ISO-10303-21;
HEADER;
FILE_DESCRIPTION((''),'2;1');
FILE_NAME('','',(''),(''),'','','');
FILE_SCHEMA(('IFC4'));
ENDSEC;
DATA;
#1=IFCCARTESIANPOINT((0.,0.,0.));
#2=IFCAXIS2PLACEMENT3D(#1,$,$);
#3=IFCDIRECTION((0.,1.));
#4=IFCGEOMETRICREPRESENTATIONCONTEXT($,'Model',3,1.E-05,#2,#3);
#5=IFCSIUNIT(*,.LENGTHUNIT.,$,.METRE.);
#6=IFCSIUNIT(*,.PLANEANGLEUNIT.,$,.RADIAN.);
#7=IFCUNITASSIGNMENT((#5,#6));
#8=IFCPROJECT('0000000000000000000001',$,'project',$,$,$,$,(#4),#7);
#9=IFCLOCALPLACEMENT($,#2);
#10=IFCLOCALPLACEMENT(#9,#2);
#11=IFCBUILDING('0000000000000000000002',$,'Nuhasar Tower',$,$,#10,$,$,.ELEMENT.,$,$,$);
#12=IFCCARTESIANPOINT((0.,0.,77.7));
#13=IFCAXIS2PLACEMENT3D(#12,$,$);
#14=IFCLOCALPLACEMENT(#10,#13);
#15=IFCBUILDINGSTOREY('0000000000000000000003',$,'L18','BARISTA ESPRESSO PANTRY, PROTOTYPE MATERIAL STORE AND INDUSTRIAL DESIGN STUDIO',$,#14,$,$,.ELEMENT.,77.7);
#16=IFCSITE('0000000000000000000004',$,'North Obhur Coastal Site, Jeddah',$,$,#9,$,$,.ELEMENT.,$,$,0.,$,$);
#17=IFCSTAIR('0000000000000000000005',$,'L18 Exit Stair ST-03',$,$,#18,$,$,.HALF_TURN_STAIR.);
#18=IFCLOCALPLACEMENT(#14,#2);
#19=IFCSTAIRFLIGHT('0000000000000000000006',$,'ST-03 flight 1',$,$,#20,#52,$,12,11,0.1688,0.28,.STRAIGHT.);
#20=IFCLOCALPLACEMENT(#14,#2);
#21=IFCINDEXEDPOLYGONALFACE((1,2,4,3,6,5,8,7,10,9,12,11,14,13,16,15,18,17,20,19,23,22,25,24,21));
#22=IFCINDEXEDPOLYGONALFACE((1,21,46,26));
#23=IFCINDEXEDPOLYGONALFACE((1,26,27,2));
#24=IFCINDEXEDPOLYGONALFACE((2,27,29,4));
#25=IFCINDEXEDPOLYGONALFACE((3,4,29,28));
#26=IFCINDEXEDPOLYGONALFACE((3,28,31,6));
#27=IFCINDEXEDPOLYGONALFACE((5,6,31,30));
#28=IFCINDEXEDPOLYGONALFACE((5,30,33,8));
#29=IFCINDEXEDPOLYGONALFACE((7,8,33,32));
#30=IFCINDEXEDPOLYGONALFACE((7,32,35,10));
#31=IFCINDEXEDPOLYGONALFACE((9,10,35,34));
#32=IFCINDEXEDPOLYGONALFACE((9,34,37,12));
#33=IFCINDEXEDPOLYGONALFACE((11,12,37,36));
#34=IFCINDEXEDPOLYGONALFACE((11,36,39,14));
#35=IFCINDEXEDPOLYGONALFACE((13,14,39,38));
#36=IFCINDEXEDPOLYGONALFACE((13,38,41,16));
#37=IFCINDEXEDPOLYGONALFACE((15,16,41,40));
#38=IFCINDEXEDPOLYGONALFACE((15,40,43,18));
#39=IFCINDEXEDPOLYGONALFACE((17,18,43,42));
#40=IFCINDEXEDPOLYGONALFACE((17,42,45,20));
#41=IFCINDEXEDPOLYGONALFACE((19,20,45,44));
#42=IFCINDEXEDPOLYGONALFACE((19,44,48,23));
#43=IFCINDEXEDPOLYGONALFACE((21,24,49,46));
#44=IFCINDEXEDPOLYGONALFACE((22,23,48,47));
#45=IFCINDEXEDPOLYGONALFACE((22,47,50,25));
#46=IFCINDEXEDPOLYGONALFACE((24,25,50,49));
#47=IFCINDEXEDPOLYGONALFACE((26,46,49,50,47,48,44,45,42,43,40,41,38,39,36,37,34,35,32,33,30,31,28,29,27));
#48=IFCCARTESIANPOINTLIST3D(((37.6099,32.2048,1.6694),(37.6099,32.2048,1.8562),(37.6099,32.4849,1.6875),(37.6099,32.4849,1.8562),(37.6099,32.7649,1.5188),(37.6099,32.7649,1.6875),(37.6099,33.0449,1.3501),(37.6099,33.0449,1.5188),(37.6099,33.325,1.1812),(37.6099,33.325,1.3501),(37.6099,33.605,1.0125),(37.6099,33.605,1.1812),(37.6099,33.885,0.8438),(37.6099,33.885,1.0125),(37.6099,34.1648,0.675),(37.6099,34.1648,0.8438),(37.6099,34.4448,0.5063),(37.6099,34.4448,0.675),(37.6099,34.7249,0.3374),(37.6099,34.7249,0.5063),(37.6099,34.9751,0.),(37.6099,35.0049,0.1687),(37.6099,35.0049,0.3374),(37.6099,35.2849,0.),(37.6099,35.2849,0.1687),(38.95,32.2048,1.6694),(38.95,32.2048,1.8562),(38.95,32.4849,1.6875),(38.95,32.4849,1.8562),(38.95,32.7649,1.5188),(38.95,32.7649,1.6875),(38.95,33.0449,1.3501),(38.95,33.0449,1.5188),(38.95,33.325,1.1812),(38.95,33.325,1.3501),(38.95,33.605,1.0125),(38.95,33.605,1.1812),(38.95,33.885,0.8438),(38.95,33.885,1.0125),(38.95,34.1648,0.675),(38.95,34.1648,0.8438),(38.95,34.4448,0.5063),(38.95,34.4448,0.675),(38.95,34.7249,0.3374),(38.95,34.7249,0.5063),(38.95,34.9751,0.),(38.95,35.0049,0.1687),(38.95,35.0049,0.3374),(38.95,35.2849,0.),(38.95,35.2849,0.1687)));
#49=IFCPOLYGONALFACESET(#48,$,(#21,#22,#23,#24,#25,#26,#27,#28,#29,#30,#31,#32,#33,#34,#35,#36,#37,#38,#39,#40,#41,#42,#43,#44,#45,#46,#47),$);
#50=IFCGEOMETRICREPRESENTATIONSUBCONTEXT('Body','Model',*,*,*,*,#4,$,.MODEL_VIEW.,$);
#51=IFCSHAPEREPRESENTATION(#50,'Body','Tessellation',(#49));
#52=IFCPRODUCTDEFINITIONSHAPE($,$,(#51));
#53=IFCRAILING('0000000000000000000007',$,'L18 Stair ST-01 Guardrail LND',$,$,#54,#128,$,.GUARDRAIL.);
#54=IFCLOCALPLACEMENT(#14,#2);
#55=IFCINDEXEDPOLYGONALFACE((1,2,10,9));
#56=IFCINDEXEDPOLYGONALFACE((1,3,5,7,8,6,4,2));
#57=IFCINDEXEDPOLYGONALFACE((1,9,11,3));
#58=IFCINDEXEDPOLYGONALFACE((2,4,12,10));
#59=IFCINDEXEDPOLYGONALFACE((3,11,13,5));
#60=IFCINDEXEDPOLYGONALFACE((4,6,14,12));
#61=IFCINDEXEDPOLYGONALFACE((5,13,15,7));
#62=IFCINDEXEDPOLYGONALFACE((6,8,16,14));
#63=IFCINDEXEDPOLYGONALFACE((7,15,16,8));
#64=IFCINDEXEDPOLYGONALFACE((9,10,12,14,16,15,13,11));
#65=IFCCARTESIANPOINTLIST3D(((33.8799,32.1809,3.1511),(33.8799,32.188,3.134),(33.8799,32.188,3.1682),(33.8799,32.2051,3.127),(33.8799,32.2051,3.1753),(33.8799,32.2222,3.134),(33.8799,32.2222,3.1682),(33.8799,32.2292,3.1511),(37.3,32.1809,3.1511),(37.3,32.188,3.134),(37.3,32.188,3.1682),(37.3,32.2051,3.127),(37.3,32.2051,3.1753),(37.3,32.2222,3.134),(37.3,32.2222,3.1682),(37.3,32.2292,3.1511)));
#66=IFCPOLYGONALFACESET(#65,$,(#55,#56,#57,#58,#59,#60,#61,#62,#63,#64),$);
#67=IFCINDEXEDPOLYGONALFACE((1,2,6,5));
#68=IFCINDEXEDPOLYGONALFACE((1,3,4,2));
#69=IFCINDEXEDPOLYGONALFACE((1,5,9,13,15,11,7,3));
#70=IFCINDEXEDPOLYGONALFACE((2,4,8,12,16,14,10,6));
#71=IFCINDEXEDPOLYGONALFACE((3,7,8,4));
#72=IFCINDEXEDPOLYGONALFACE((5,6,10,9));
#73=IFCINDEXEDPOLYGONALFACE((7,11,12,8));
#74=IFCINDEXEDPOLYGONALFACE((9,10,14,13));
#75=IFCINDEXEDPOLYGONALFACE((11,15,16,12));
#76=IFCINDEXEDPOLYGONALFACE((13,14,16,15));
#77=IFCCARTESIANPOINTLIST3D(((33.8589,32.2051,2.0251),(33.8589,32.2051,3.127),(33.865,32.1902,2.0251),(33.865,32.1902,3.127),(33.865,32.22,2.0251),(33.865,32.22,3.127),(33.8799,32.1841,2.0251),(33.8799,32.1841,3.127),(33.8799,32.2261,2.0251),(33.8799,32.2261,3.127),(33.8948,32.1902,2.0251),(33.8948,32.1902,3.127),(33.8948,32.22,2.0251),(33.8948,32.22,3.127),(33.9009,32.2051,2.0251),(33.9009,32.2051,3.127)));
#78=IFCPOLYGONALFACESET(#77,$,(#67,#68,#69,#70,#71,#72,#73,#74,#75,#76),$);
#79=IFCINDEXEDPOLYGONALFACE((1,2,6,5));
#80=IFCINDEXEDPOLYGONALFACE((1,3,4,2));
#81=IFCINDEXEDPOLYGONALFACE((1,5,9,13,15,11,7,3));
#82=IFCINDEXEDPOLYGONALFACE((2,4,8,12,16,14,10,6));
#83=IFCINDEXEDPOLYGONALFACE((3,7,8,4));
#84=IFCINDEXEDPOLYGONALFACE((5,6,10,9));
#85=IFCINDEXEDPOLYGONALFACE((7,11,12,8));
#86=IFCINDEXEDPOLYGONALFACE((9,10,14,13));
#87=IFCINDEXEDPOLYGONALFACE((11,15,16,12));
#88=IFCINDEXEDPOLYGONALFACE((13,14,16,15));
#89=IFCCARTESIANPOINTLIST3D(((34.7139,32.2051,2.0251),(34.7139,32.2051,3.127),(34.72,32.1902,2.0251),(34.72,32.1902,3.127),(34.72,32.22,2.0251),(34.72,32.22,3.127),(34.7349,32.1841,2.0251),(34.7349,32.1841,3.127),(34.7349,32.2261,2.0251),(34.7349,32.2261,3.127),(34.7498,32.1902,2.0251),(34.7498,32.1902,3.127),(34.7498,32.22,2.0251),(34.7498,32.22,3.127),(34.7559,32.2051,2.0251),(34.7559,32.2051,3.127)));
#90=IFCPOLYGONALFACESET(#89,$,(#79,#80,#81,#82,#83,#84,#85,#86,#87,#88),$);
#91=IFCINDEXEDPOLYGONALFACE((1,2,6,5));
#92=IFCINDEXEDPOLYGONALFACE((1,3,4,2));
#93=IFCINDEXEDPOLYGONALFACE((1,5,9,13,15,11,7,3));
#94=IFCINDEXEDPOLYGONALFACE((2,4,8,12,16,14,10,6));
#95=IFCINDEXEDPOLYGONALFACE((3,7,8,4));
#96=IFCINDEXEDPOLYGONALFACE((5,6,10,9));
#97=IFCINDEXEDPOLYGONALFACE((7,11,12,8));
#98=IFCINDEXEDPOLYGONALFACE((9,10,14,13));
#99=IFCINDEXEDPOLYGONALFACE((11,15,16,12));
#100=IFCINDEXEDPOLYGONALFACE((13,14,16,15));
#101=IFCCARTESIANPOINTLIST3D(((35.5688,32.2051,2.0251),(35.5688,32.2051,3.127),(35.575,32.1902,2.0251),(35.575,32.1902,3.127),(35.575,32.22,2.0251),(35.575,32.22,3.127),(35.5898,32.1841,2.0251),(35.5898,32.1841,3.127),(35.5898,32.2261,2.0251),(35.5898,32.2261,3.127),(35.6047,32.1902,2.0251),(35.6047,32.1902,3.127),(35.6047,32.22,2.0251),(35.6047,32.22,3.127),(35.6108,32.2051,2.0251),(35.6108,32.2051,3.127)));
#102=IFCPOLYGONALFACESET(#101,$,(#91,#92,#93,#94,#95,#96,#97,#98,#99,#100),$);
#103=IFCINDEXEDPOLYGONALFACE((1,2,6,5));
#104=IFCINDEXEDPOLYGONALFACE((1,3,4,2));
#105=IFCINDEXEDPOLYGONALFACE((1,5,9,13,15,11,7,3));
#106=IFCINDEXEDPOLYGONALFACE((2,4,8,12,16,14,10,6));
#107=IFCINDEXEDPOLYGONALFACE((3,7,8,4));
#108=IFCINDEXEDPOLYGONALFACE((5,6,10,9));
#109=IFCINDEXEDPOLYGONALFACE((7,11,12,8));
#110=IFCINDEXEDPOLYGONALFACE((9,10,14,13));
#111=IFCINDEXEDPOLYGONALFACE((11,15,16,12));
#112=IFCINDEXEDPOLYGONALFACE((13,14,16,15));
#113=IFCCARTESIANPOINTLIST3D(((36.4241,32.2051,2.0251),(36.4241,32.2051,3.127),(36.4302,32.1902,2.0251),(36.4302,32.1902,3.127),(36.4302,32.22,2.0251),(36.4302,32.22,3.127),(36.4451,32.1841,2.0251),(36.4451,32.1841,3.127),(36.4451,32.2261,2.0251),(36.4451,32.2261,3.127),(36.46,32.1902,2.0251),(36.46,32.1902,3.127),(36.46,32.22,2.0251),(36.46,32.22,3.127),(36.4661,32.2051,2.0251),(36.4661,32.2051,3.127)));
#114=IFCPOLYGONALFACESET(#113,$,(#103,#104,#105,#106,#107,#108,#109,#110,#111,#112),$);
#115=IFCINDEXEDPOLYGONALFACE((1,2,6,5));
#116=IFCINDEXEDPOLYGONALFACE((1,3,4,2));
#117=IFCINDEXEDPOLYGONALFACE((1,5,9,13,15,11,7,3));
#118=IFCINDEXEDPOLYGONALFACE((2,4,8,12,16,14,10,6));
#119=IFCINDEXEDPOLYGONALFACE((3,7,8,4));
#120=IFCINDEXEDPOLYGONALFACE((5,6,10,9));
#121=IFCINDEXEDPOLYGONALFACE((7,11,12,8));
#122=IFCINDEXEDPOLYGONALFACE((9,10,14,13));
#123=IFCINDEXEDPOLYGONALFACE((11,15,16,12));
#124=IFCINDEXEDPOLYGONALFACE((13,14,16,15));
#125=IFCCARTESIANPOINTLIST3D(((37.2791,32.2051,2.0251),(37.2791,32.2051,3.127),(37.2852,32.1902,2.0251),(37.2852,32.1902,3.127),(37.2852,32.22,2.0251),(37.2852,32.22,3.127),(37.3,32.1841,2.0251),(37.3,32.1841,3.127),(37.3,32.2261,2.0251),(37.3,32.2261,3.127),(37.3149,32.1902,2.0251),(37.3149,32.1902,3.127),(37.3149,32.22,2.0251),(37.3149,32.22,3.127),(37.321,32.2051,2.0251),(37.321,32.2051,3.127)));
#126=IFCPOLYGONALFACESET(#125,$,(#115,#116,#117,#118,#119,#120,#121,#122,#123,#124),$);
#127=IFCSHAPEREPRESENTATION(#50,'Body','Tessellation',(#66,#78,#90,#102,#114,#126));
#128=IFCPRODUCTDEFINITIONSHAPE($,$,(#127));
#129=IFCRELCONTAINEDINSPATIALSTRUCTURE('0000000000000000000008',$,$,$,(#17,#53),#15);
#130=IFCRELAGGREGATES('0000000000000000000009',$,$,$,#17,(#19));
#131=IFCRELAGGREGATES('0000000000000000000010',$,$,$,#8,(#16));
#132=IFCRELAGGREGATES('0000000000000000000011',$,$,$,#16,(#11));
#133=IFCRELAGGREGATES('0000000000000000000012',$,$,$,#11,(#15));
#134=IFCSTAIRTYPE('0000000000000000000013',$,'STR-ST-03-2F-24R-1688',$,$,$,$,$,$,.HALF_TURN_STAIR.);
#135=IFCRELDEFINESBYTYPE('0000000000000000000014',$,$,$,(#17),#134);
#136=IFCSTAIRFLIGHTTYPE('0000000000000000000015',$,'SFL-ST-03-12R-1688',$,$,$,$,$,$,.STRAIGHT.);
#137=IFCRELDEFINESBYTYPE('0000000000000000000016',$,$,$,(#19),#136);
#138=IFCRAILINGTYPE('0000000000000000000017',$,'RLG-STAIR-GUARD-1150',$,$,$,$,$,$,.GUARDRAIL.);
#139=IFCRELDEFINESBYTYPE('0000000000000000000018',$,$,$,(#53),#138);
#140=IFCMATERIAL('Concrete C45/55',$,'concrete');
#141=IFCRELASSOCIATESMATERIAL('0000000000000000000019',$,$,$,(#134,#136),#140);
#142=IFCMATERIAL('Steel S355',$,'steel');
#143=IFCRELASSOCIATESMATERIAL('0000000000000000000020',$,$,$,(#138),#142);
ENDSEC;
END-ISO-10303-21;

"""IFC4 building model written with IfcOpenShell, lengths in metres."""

from ifc_helpers import new_model, si_unit, direction, frame, origin, place, context, subcontext, project, spatial, polyline, outline, extrude, material, type_object, element, aggregate, save


model = new_model("IFC4")

# Units and contexts
model_context = context("Model", 3, precision=1e-05, world=origin(), true_north=direction((0.0, 1.0)))
body_context = subcontext(model_context, "Body", "Model", "MODEL_VIEW")
ifc_project = project(units=[si_unit("LENGTHUNIT", "METRE"), si_unit("PLANEANGLEUNIT", "RADIAN")], contexts=[model_context])

# Site, building, storey
site_placement = place(None, origin())
site = spatial("IfcSite", under=ifc_project, at=site_placement, Name="North Obhur Coastal Site, Jeddah", CompositionType="ELEMENT", RefElevation=0.0)
building_placement = place(site_placement, origin())
building = spatial("IfcBuilding", under=site, at=building_placement, Name="Nuhasar Tower", CompositionType="ELEMENT")
storey_placement = place(building_placement, frame((0.0, 0.0, 77.7)))
storey = spatial("IfcBuildingStorey", under=building, at=storey_placement, Name="L18", Description="BARISTA ESPRESSO PANTRY, PROTOTYPE MATERIAL STORE AND INDUSTRIAL DESIGN STUDIO", CompositionType="ELEMENT", Elevation=77.7)

# Shared definitions
ifc_material_1 = material(Name="Steel S355", Category="steel")

# Shared definitions
ifc_material_2 = material(Name="Concrete C45/55", Category="concrete")

# Stair, stair flight
stair_type_1 = type_object("IfcStairType", Name="STR-ST-03-2F-24R-1688", PredefinedType="HALF_TURN_STAIR", material=ifc_material_2)
stair_1_placement = place(storey_placement, origin())
stair_1 = element("IfcStair", 1, at=stair_1_placement, inside=storey, type_object=stair_type_1, Name="L18 Exit Stair ST-03", PredefinedType="HALF_TURN_STAIR")
stair_flight_type_1 = type_object("IfcStairFlightType", Name="SFL-ST-03-12R-1688", PredefinedType="STRAIGHT", material=ifc_material_2)
stair_flight_1_placement = place(storey_placement, frame((38.28, 35.2849, 0.0), z_axis=(0.0, 0.0, 1.0), x_axis=(0.0, -1.0, 0.0)))
stair_flight_1 = element("IfcStairFlight", 2, at=stair_flight_1_placement, type_object=stair_flight_type_1, Name="ST-03 flight 1", NumberOfRisers=12, NumberOfTreads=11, PredefinedType="STRAIGHT", RiserHeight=0.1688, TreadLength=0.28, context=body_context, shape_type="SweptSolid", body=[
    extrude(outline(polyline([(0.0, 0.0), (0.0, 0.1687), (0.28, 0.1687), (0.28, 0.3374), (0.5601, 0.3374), (0.5601, 0.5063), (0.8401, 0.5063), (0.8401, 0.675), (1.1201, 0.675), (1.1201, 0.8438), (1.3999, 0.8438), (1.3999, 1.0125), (1.6799, 1.0125), (1.6799, 1.1812), (1.96, 1.1812), (1.96, 1.3501), (2.24, 1.3501), (2.24, 1.5188), (2.52, 1.5188), (2.52, 1.6875), (2.8, 1.6875), (2.8, 1.8562), (3.0801, 1.8562), (3.0801, 2.0249), (3.0801, 1.6694), (0.3098, 0.0), (0.0, 0.0)])), frame((0.0, 0.6699, 0.0), z_axis=(0.0, -1.0, 0.0), x_axis=(1.0, 0.0, 0.0)), (0.0, 0.0, 1.0), 1.3401),
])
aggregate(stair_1, [stair_flight_1])

# Railing
railing_type_1 = type_object("IfcRailingType", Name="RLG-STAIR-GUARD-1150", PredefinedType="GUARDRAIL", material=ifc_material_1)
railing_1_placement = place(storey_placement, frame((33.8799, 32.2051, 2.0251)))
element("IfcRailing", 3, at=railing_1_placement, inside=storey, type_object=railing_type_1, Name="L18 Stair ST-01 Guardrail LND", PredefinedType="GUARDRAIL", context=body_context, shape_type="SweptSolid", body=[
    extrude(outline(polyline([(0.0242, 0.0), (0.0171, 0.0171), (0.0, 0.0242), (-0.0171, 0.0171), (-0.0242, 0.0), (-0.0171, -0.0171), (0.0, -0.0242), (0.0171, -0.0171), (0.0242, 0.0)])), frame((0.0, 0.0, 1.126), z_axis=(1.0, 0.0, 0.0), x_axis=(0.0, 1.0, 0.0)), (0.0, 0.0, 1.0), 3.4202),
    extrude(outline(polyline([(0.021, 0.0), (0.0149, 0.0149), (0.0, 0.021), (-0.0149, 0.0149), (-0.021, 0.0), (-0.0149, -0.0149), (0.0, -0.021), (0.0149, -0.0149), (0.021, 0.0)])), origin(), (0.0, 0.0, 1.0), 1.1018),
    extrude(outline(polyline([(0.021, 0.0), (0.0149, 0.0149), (0.0, 0.021), (-0.0149, 0.0149), (-0.021, 0.0), (-0.0149, -0.0149), (0.0, -0.021), (0.0149, -0.0149), (0.021, 0.0)])), frame((0.855, 0.0, 0.0)), (0.0, 0.0, 1.0), 1.1018),
    extrude(outline(polyline([(0.021, 0.0), (0.0149, 0.0149), (0.0, 0.021), (-0.0149, 0.0149), (-0.021, 0.0), (-0.0149, -0.0149), (0.0, -0.021), (0.0149, -0.0149), (0.021, 0.0)])), frame((1.71, 0.0, 0.0)), (0.0, 0.0, 1.0), 1.1018),
    extrude(outline(polyline([(0.021, 0.0), (0.0149, 0.0149), (0.0, 0.021), (-0.0149, 0.0149), (-0.021, 0.0), (-0.0149, -0.0149), (0.0, -0.021), (0.0149, -0.0149), (0.021, 0.0)])), frame((2.5652, 0.0, 0.0)), (0.0, 0.0, 1.0), 1.1018),
    extrude(outline(polyline([(0.021, 0.0), (0.0149, 0.0149), (0.0, 0.021), (-0.0149, 0.0149), (-0.021, 0.0), (-0.0149, -0.0149), (0.0, -0.021), (0.0149, -0.0149), (0.021, 0.0)])), frame((3.4202, 0.0, 0.0)), (0.0, 0.0, 1.0), 1.1018),
])

save(model, "model.ifc")
